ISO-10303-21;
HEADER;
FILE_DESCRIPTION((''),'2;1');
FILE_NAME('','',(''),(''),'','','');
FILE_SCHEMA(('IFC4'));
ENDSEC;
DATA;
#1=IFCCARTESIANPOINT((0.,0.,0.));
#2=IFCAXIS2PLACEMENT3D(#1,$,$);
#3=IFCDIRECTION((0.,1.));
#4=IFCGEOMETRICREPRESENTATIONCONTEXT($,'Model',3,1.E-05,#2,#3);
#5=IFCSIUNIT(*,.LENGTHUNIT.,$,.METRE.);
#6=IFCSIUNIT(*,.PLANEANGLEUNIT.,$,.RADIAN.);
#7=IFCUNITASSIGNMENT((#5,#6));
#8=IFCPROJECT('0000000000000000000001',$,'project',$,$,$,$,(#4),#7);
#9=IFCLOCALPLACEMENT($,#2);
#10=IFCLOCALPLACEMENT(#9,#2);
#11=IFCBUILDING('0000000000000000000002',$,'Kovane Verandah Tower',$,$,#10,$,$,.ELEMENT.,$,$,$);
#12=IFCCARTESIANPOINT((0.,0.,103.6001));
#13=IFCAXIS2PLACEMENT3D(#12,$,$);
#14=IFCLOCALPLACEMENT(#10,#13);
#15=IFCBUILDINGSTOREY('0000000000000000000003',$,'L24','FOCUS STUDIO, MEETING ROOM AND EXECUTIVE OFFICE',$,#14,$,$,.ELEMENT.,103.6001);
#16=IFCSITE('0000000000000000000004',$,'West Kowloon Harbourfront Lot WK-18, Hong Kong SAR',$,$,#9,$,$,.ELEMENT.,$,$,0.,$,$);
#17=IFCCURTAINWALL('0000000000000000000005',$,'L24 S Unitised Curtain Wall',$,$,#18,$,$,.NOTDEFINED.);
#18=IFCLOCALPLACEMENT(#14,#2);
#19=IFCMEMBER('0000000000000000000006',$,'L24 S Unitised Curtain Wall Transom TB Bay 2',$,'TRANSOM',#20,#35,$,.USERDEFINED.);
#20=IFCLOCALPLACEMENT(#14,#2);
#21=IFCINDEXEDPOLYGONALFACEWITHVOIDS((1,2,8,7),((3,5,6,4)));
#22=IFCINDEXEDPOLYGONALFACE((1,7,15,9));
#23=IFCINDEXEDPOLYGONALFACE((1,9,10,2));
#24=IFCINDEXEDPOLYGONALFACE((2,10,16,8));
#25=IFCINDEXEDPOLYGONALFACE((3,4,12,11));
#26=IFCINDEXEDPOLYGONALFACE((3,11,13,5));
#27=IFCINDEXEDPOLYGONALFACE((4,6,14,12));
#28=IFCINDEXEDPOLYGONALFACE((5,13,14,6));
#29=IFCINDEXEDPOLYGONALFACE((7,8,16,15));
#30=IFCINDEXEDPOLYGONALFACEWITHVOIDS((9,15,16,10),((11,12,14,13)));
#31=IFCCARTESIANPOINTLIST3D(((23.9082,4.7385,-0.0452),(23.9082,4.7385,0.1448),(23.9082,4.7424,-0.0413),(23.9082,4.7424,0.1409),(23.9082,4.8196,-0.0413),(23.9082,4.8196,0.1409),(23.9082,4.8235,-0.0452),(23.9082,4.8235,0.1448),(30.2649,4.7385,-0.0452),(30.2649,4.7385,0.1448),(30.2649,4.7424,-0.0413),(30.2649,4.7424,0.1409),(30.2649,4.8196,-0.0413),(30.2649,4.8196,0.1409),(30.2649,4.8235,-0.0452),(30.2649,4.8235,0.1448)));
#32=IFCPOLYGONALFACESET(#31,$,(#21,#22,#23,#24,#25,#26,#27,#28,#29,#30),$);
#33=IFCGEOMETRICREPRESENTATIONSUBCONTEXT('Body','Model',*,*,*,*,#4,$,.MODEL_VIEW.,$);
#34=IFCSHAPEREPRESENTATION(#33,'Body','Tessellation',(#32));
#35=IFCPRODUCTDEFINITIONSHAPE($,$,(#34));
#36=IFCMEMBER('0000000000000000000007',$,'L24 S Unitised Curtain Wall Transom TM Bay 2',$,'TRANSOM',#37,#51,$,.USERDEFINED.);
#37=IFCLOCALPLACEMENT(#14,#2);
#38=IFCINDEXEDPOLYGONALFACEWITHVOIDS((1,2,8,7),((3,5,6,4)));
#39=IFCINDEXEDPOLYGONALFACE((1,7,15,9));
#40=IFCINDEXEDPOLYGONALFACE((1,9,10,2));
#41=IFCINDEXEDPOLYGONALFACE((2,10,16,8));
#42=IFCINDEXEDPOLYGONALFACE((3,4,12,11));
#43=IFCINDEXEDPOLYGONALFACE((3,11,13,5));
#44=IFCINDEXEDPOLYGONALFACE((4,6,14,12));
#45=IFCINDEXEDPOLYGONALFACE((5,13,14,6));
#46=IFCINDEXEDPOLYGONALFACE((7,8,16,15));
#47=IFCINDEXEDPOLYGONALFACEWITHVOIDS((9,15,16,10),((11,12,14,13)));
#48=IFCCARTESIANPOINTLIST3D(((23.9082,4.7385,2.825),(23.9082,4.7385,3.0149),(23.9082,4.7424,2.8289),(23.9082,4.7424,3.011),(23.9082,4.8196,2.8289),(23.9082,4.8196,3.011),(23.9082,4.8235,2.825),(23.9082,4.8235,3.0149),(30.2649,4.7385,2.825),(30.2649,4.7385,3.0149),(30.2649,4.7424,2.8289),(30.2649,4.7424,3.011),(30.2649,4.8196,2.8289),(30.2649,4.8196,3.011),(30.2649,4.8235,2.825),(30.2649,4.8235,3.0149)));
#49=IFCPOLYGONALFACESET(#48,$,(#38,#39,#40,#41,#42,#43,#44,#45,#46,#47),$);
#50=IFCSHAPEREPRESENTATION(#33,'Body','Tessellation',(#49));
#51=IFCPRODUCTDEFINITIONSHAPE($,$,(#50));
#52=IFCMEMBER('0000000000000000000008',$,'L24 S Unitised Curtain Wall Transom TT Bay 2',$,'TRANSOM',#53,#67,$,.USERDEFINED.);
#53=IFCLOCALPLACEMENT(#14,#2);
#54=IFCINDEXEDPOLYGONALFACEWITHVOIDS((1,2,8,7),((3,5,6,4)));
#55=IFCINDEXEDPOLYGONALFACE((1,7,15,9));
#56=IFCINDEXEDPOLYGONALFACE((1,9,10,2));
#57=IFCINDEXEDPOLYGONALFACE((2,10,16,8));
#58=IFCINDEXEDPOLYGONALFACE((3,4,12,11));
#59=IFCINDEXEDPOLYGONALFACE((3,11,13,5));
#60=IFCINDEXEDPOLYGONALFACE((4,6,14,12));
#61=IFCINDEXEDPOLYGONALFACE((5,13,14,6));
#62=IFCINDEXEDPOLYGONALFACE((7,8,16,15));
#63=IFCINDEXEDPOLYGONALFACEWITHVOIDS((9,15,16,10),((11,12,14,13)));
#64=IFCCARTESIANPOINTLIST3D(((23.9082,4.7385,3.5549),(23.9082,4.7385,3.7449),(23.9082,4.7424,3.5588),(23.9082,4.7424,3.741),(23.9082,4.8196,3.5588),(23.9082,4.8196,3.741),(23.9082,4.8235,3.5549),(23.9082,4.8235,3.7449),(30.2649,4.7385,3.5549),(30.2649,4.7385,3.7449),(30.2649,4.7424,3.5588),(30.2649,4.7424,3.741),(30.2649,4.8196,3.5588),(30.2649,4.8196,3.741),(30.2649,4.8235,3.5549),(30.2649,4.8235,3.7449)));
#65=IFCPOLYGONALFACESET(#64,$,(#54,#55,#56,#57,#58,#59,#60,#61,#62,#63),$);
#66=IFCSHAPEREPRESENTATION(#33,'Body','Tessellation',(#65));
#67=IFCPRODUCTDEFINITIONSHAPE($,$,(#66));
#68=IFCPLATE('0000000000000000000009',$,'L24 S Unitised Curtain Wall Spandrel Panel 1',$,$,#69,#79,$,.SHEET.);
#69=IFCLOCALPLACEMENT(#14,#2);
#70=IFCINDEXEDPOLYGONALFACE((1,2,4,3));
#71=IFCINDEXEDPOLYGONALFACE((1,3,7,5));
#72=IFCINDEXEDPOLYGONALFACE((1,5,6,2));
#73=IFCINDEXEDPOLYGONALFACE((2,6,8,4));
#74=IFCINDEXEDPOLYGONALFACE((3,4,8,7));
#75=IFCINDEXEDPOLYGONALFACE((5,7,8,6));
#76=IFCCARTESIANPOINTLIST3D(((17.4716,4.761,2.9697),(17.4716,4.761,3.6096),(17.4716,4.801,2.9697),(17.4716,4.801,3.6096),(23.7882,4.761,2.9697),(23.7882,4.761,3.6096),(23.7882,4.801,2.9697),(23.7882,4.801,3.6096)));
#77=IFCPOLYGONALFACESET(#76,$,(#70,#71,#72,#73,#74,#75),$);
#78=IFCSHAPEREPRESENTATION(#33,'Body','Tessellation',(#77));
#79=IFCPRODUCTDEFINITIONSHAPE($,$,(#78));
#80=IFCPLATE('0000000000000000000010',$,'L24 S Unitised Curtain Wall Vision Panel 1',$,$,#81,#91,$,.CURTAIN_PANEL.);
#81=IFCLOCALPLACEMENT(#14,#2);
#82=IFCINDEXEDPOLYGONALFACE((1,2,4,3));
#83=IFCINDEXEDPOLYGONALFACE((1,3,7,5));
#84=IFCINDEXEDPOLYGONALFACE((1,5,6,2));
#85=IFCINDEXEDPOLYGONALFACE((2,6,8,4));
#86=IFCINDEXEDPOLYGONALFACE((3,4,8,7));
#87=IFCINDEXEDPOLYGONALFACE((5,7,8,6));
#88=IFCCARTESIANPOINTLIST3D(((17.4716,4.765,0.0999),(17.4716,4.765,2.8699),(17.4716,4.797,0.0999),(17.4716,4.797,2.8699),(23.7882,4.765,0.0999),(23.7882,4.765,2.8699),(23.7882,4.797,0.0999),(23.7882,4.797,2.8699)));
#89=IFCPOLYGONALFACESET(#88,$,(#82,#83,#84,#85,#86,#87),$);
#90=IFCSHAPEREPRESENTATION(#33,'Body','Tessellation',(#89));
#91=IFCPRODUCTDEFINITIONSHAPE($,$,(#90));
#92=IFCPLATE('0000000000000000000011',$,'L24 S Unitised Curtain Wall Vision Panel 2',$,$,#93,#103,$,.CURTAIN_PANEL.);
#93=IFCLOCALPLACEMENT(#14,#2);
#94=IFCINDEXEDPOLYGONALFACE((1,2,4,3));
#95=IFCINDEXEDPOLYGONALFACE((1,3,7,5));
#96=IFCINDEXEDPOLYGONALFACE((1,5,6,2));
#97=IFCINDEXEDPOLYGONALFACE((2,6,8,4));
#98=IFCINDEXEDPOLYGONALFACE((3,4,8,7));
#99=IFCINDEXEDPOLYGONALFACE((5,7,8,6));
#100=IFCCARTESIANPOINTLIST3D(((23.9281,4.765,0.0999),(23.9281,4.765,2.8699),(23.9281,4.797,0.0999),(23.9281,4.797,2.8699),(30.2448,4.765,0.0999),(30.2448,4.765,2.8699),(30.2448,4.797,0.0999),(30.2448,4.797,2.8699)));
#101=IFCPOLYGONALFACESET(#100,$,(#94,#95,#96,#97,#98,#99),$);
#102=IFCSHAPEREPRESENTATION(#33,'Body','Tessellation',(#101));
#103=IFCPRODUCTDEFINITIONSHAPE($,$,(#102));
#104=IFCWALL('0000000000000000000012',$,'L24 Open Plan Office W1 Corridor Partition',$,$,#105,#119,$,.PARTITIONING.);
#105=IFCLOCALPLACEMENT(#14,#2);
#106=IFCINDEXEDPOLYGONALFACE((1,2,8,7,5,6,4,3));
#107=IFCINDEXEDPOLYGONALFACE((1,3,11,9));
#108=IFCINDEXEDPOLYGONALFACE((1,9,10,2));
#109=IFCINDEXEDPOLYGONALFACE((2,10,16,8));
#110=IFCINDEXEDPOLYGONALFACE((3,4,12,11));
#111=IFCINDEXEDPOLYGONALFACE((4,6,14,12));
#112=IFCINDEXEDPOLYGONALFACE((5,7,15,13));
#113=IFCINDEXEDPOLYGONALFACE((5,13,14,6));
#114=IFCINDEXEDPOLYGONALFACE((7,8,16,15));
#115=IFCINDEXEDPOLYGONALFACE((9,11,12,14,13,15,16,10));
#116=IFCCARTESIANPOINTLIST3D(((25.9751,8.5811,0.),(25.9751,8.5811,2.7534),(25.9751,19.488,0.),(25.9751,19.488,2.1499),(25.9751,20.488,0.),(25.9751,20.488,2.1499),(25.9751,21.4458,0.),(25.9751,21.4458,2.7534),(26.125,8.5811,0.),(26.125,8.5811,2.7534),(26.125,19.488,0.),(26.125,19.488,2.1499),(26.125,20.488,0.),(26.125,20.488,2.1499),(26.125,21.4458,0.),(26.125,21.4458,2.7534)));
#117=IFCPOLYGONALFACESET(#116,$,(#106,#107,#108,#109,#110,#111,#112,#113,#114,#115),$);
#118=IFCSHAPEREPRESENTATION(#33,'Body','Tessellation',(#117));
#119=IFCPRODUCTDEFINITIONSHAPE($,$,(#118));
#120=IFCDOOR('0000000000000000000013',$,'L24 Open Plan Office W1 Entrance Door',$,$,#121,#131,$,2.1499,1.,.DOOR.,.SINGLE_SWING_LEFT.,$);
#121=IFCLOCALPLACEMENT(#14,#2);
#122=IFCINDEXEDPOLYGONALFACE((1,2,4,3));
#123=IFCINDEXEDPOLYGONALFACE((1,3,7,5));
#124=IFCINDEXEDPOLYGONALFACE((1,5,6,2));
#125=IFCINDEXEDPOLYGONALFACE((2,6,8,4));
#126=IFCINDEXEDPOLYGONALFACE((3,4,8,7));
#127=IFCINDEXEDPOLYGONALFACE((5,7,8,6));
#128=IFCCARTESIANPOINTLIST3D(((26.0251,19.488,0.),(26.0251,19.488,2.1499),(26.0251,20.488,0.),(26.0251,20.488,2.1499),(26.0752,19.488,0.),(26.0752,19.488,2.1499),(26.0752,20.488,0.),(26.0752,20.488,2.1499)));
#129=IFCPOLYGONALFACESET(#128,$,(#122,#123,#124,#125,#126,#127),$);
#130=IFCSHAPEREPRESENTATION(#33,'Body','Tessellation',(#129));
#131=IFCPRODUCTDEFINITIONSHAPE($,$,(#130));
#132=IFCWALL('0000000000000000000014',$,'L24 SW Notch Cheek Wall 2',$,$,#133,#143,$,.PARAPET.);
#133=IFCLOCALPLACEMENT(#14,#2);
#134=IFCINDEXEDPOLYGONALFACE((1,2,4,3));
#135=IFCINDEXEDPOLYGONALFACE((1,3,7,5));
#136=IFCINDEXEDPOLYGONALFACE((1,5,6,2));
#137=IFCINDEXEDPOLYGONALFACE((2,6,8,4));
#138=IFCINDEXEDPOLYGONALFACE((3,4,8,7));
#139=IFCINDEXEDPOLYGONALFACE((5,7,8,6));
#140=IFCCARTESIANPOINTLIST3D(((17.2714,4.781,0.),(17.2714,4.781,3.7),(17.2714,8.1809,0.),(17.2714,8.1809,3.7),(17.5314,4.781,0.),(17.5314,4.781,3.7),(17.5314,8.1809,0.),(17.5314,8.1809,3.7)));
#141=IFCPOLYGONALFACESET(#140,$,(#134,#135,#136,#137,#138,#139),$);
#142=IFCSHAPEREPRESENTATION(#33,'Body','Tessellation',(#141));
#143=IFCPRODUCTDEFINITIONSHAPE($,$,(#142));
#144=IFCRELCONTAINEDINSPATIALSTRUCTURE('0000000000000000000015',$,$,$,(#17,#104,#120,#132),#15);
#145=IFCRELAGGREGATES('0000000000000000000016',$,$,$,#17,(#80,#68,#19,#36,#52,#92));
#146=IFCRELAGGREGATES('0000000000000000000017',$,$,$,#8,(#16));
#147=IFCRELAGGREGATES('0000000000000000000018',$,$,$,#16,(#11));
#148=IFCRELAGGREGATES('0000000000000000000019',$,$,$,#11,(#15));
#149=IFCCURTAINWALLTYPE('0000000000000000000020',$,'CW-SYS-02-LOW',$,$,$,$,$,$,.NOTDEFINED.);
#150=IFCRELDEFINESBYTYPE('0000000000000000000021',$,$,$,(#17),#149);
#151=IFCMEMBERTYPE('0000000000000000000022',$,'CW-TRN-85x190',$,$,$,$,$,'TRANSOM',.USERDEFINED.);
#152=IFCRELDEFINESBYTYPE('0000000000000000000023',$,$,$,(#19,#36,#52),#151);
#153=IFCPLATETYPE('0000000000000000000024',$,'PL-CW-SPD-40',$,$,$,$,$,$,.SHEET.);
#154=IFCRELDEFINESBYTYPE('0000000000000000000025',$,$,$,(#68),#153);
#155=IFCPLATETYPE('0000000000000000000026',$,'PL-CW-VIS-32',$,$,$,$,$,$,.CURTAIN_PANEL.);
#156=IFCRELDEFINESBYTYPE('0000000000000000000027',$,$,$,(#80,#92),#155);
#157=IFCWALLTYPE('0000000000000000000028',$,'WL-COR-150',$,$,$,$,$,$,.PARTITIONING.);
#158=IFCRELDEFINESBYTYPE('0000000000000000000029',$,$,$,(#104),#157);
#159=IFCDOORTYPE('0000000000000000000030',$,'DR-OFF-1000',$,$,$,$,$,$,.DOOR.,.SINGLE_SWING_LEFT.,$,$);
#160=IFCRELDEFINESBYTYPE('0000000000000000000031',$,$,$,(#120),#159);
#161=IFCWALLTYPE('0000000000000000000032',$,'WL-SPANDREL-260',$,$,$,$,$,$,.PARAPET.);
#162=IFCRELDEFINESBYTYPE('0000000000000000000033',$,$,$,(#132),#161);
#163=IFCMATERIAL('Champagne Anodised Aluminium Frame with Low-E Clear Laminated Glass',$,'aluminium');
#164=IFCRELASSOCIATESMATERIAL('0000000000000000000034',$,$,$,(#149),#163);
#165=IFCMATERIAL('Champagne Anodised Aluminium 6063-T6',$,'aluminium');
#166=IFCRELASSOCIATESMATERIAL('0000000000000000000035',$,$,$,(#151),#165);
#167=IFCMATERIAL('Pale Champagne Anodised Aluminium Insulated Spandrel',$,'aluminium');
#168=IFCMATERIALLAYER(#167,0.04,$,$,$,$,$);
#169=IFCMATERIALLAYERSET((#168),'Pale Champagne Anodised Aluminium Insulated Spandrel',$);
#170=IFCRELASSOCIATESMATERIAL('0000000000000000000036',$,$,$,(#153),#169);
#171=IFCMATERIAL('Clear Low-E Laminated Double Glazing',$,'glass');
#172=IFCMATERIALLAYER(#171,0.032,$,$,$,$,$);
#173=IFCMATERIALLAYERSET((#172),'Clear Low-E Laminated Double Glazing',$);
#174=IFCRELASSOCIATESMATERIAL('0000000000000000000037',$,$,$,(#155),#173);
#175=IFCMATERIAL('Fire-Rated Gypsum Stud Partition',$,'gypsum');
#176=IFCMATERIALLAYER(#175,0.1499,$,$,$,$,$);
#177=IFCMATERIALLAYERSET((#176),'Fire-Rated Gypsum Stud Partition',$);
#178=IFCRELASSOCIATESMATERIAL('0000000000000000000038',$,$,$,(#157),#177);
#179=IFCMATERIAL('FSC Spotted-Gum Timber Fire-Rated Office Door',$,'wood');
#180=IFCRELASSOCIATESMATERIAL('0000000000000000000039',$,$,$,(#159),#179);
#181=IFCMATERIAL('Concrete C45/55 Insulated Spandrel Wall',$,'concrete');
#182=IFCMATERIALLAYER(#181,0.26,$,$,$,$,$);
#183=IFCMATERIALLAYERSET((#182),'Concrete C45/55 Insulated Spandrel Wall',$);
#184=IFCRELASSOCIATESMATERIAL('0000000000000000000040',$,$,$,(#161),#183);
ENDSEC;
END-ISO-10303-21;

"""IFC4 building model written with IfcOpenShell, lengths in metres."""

from ifc_helpers import new_model, si_unit, direction, frame, frame_2d, origin, origin_2d, place, context, subcontext, project, spatial, rectangle, hollow_rectangle, extrude, material, layer, layer_set, material_profile, profile_set, type_object, element, fill, aggregate, save


model = new_model("IFC4")

# Units and contexts
model_context = context("Model", 3, precision=1e-05, world=origin(), true_north=direction((0.0, 1.0)))
body_context = subcontext(model_context, "Body", "Model", "MODEL_VIEW")
ifc_project = project(units=[si_unit("LENGTHUNIT", "METRE"), si_unit("PLANEANGLEUNIT", "RADIAN")], contexts=[model_context])

# Site, building, storey
site_placement = place(None, origin())
site = spatial("IfcSite", under=ifc_project, at=site_placement, Name="West Kowloon Harbourfront Lot WK-18, Hong Kong SAR", CompositionType="ELEMENT", RefElevation=0.0)
building_placement = place(site_placement, origin())
building = spatial("IfcBuilding", under=site, at=building_placement, Name="Kovane Verandah Tower", CompositionType="ELEMENT")
storey_placement = place(building_placement, frame((0.0, 0.0, 103.6001)))
storey = spatial("IfcBuildingStorey", under=building, at=storey_placement, Name="L24", Description="FOCUS STUDIO, MEETING ROOM AND EXECUTIVE OFFICE", CompositionType="ELEMENT", Elevation=103.6001)

# Curtain wall, members, plates
ifc_material_1 = material(Name="Champagne Anodised Aluminium Frame with Low-E Clear Laminated Glass", Category="aluminium")
curtain_wall_type = type_object("IfcCurtainWallType", Name="CW-SYS-02-LOW", PredefinedType="NOTDEFINED", material=ifc_material_1)
curtain_wall_placement = place(storey_placement, origin())
curtain_wall = element("IfcCurtainWall", 1, at=curtain_wall_placement, inside=storey, type_object=curtain_wall_type, Name="L24 S Unitised Curtain Wall", PredefinedType="NOTDEFINED")
ifc_material_2 = material(Name="Champagne Anodised Aluminium 6063-T6", Category="aluminium")
ifc_material_profile_1 = material_profile(ifc_material_2, hollow_rectangle(XDim=0.085, YDim=0.1899, WallThickness=0.0039, at=origin_2d()), Name="AL85x190x4")
ifc_profile_set_1 = profile_set([ifc_material_profile_1], Name="Champagne Anodised Aluminium 6063-T6")
member_type_1 = type_object("IfcMemberType", Name="CW-TRN-85x190", ElementType="TRANSOM", PredefinedType="USERDEFINED", material=ifc_profile_set_1)
member_1_placement = place(storey_placement, frame((23.9082, 4.781, 0.0498), z_axis=(1.0, 0.0, 0.0), x_axis=(0.0, 1.0, 0.0)))
member_1 = element("IfcMember", 2, at=member_1_placement, type_object=member_type_1, Name="L24 S Unitised Curtain Wall Transom TB Bay 2", ObjectType="TRANSOM", PredefinedType="USERDEFINED", context=body_context, shape_type="SweptSolid", body=[
    extrude(hollow_rectangle(XDim=0.085, YDim=0.1899, WallThickness=0.0039, at=origin_2d()), origin(), (0.0, 0.0, 1.0), 6.3567),
])
member_2_placement = place(storey_placement, frame((23.9082, 4.781, 2.9199), z_axis=(1.0, 0.0, 0.0), x_axis=(0.0, 1.0, 0.0)))
member_2 = element("IfcMember", 3, at=member_2_placement, type_object=member_type_1, Name="L24 S Unitised Curtain Wall Transom TM Bay 2", ObjectType="TRANSOM", PredefinedType="USERDEFINED", context=body_context, shape_type="SweptSolid", body=[
    extrude(hollow_rectangle(XDim=0.085, YDim=0.1899, WallThickness=0.0039, at=origin_2d()), origin(), (0.0, 0.0, 1.0), 6.3567),
])
member_3_placement = place(storey_placement, frame((23.9082, 4.781, 3.6499), z_axis=(1.0, 0.0, 0.0), x_axis=(0.0, 1.0, 0.0)))
member_3 = element("IfcMember", 4, at=member_3_placement, type_object=member_type_1, Name="L24 S Unitised Curtain Wall Transom TT Bay 2", ObjectType="TRANSOM", PredefinedType="USERDEFINED", context=body_context, shape_type="SweptSolid", body=[
    extrude(hollow_rectangle(XDim=0.085, YDim=0.1899, WallThickness=0.0039, at=origin_2d()), origin(), (0.0, 0.0, 1.0), 6.3567),
])
ifc_material_3 = material(Name="Pale Champagne Anodised Aluminium Insulated Spandrel", Category="aluminium")
ifc_layer_1 = layer(ifc_material_3, 0.04)
ifc_layer_set_1 = layer_set([ifc_layer_1], Name="Pale Champagne Anodised Aluminium Insulated Spandrel")
plate_type_1 = type_object("IfcPlateType", Name="PL-CW-SPD-40", PredefinedType="SHEET", material=ifc_layer_set_1)
plate_1_placement = place(storey_placement, frame((20.6299, 4.781, 2.9697), z_axis=(0.0, 0.0, 1.0), x_axis=(1.0, 0.0, 0.0)))
plate_1 = element("IfcPlate", 5, at=plate_1_placement, type_object=plate_type_1, Name="L24 S Unitised Curtain Wall Spandrel Panel 1", PredefinedType="SHEET", context=body_context, shape_type="SweptSolid", body=[
    extrude(rectangle(XDim=6.3167, YDim=0.04, at=origin_2d()), origin(), (0.0, 0.0, 1.0), 0.6399),
])
ifc_material_4 = material(Name="Clear Low-E Laminated Double Glazing", Category="glass")
ifc_layer_2 = layer(ifc_material_4, 0.032)
ifc_layer_set_2 = layer_set([ifc_layer_2], Name="Clear Low-E Laminated Double Glazing")
plate_type_2 = type_object("IfcPlateType", Name="PL-CW-VIS-32", PredefinedType="CURTAIN_PANEL", material=ifc_layer_set_2)
plate_2_placement = place(storey_placement, frame((20.6299, 4.781, 0.0999), z_axis=(0.0, 0.0, 1.0), x_axis=(1.0, 0.0, 0.0)))
plate_2 = element("IfcPlate", 6, at=plate_2_placement, type_object=plate_type_2, Name="L24 S Unitised Curtain Wall Vision Panel 1", PredefinedType="CURTAIN_PANEL", context=body_context, shape_type="SweptSolid", body=[
    extrude(rectangle(XDim=6.3167, YDim=0.032, at=origin_2d()), origin(), (0.0, 0.0, 1.0), 2.77),
])
plate_3_placement = place(storey_placement, frame((27.0864, 4.781, 0.0999), z_axis=(0.0, 0.0, 1.0), x_axis=(1.0, 0.0, 0.0)))
plate_3 = element("IfcPlate", 7, at=plate_3_placement, type_object=plate_type_2, Name="L24 S Unitised Curtain Wall Vision Panel 2", PredefinedType="CURTAIN_PANEL", context=body_context, shape_type="SweptSolid", body=[
    extrude(rectangle(XDim=6.3167, YDim=0.032, at=origin_2d()), origin(), (0.0, 0.0, 1.0), 2.77),
])
aggregate(curtain_wall, [plate_2, plate_1, member_1, member_2, member_3, plate_3])

# Wall, opening, door
ifc_material_5 = material(Name="Fire-Rated Gypsum Stud Partition", Category="gypsum")
ifc_layer_3 = layer(ifc_material_5, 0.1499)
ifc_layer_set_3 = layer_set([ifc_layer_3], Name="Fire-Rated Gypsum Stud Partition")
wall_type_1 = type_object("IfcWallType", Name="WL-COR-150", PredefinedType="PARTITIONING", material=ifc_layer_set_3)
ifc_material_6 = material(Name="FSC Spotted-Gum Timber Fire-Rated Office Door", Category="wood")
door_type = type_object("IfcDoorType", Name="DR-OFF-1000", OperationType="SINGLE_SWING_LEFT", PredefinedType="DOOR", material=ifc_material_6)
wall_1_placement = place(storey_placement, frame((26.05, 8.5811, 0.0), z_axis=(0.0, 0.0, 1.0), x_axis=(0.0, 1.0, 0.0)))
wall_1 = element("IfcWall", 8, at=wall_1_placement, inside=storey, type_object=wall_type_1, Name="L24 Open Plan Office W1 Corridor Partition", PredefinedType="PARTITIONING", context=body_context, shape_type="SweptSolid", body=[
    extrude(rectangle(XDim=12.8647, YDim=0.1499, at=frame_2d((6.4324, 0.0))), origin(), (0.0, 0.0, 1.0), 2.7534),
])
opening_1_placement = place(wall_1_placement, frame((10.907, 0.0, 0.0)))
opening_1 = element("IfcOpeningElement", 9, at=opening_1_placement, cuts=wall_1, PredefinedType="OPENING", context=body_context, shape_type="SweptSolid", body=[
    extrude(rectangle(XDim=1.0, YDim=2.1499, at=frame_2d((0.5, 1.075))), frame((0.0, 0.075, 0.0), z_axis=(0.0, -1.0, 0.0), x_axis=(1.0, 0.0, 0.0)), (0.0, 0.0, 1.0), 0.1499),
])
door_1_placement = place(opening_1_placement, origin())
door_1 = element("IfcDoor", 10, at=door_1_placement, inside=storey, type_object=door_type, Name="L24 Open Plan Office W1 Entrance Door", OperationType="SINGLE_SWING_LEFT", OverallHeight=2.1499, OverallWidth=1.0, PredefinedType="DOOR", context=body_context, shape_type="SweptSolid", body=[
    extrude(rectangle(XDim=1.0, YDim=2.1499, at=frame_2d((0.5, 1.075))), frame((0.0, 0.0249, 0.0), z_axis=(0.0, -1.0, 0.0), x_axis=(1.0, 0.0, 0.0)), (0.0, 0.0, 1.0), 0.05),
])
fill(opening_1, door_1)

# Wall
ifc_material_7 = material(Name="Concrete C45/55 Insulated Spandrel Wall", Category="concrete")
ifc_layer_4 = layer(ifc_material_7, 0.26)
ifc_layer_set_4 = layer_set([ifc_layer_4], Name="Concrete C45/55 Insulated Spandrel Wall")
wall_type_2 = type_object("IfcWallType", Name="WL-SPANDREL-260", PredefinedType="PARAPET", material=ifc_layer_set_4)
wall_2_placement = place(storey_placement, frame((17.4014, 8.1809, 0.0), z_axis=(0.0, 0.0, 1.0), x_axis=(0.0, -1.0, 0.0)))
element("IfcWall", 11, at=wall_2_placement, inside=storey, type_object=wall_type_2, Name="L24 SW Notch Cheek Wall 2", PredefinedType="PARAPET", context=body_context, shape_type="SweptSolid", body=[
    extrude(rectangle(XDim=3.3999, YDim=0.26, at=frame_2d((1.7, 0.0))), origin(), (0.0, 0.0, 1.0), 3.7),
])

save(model, "model.ifc")
